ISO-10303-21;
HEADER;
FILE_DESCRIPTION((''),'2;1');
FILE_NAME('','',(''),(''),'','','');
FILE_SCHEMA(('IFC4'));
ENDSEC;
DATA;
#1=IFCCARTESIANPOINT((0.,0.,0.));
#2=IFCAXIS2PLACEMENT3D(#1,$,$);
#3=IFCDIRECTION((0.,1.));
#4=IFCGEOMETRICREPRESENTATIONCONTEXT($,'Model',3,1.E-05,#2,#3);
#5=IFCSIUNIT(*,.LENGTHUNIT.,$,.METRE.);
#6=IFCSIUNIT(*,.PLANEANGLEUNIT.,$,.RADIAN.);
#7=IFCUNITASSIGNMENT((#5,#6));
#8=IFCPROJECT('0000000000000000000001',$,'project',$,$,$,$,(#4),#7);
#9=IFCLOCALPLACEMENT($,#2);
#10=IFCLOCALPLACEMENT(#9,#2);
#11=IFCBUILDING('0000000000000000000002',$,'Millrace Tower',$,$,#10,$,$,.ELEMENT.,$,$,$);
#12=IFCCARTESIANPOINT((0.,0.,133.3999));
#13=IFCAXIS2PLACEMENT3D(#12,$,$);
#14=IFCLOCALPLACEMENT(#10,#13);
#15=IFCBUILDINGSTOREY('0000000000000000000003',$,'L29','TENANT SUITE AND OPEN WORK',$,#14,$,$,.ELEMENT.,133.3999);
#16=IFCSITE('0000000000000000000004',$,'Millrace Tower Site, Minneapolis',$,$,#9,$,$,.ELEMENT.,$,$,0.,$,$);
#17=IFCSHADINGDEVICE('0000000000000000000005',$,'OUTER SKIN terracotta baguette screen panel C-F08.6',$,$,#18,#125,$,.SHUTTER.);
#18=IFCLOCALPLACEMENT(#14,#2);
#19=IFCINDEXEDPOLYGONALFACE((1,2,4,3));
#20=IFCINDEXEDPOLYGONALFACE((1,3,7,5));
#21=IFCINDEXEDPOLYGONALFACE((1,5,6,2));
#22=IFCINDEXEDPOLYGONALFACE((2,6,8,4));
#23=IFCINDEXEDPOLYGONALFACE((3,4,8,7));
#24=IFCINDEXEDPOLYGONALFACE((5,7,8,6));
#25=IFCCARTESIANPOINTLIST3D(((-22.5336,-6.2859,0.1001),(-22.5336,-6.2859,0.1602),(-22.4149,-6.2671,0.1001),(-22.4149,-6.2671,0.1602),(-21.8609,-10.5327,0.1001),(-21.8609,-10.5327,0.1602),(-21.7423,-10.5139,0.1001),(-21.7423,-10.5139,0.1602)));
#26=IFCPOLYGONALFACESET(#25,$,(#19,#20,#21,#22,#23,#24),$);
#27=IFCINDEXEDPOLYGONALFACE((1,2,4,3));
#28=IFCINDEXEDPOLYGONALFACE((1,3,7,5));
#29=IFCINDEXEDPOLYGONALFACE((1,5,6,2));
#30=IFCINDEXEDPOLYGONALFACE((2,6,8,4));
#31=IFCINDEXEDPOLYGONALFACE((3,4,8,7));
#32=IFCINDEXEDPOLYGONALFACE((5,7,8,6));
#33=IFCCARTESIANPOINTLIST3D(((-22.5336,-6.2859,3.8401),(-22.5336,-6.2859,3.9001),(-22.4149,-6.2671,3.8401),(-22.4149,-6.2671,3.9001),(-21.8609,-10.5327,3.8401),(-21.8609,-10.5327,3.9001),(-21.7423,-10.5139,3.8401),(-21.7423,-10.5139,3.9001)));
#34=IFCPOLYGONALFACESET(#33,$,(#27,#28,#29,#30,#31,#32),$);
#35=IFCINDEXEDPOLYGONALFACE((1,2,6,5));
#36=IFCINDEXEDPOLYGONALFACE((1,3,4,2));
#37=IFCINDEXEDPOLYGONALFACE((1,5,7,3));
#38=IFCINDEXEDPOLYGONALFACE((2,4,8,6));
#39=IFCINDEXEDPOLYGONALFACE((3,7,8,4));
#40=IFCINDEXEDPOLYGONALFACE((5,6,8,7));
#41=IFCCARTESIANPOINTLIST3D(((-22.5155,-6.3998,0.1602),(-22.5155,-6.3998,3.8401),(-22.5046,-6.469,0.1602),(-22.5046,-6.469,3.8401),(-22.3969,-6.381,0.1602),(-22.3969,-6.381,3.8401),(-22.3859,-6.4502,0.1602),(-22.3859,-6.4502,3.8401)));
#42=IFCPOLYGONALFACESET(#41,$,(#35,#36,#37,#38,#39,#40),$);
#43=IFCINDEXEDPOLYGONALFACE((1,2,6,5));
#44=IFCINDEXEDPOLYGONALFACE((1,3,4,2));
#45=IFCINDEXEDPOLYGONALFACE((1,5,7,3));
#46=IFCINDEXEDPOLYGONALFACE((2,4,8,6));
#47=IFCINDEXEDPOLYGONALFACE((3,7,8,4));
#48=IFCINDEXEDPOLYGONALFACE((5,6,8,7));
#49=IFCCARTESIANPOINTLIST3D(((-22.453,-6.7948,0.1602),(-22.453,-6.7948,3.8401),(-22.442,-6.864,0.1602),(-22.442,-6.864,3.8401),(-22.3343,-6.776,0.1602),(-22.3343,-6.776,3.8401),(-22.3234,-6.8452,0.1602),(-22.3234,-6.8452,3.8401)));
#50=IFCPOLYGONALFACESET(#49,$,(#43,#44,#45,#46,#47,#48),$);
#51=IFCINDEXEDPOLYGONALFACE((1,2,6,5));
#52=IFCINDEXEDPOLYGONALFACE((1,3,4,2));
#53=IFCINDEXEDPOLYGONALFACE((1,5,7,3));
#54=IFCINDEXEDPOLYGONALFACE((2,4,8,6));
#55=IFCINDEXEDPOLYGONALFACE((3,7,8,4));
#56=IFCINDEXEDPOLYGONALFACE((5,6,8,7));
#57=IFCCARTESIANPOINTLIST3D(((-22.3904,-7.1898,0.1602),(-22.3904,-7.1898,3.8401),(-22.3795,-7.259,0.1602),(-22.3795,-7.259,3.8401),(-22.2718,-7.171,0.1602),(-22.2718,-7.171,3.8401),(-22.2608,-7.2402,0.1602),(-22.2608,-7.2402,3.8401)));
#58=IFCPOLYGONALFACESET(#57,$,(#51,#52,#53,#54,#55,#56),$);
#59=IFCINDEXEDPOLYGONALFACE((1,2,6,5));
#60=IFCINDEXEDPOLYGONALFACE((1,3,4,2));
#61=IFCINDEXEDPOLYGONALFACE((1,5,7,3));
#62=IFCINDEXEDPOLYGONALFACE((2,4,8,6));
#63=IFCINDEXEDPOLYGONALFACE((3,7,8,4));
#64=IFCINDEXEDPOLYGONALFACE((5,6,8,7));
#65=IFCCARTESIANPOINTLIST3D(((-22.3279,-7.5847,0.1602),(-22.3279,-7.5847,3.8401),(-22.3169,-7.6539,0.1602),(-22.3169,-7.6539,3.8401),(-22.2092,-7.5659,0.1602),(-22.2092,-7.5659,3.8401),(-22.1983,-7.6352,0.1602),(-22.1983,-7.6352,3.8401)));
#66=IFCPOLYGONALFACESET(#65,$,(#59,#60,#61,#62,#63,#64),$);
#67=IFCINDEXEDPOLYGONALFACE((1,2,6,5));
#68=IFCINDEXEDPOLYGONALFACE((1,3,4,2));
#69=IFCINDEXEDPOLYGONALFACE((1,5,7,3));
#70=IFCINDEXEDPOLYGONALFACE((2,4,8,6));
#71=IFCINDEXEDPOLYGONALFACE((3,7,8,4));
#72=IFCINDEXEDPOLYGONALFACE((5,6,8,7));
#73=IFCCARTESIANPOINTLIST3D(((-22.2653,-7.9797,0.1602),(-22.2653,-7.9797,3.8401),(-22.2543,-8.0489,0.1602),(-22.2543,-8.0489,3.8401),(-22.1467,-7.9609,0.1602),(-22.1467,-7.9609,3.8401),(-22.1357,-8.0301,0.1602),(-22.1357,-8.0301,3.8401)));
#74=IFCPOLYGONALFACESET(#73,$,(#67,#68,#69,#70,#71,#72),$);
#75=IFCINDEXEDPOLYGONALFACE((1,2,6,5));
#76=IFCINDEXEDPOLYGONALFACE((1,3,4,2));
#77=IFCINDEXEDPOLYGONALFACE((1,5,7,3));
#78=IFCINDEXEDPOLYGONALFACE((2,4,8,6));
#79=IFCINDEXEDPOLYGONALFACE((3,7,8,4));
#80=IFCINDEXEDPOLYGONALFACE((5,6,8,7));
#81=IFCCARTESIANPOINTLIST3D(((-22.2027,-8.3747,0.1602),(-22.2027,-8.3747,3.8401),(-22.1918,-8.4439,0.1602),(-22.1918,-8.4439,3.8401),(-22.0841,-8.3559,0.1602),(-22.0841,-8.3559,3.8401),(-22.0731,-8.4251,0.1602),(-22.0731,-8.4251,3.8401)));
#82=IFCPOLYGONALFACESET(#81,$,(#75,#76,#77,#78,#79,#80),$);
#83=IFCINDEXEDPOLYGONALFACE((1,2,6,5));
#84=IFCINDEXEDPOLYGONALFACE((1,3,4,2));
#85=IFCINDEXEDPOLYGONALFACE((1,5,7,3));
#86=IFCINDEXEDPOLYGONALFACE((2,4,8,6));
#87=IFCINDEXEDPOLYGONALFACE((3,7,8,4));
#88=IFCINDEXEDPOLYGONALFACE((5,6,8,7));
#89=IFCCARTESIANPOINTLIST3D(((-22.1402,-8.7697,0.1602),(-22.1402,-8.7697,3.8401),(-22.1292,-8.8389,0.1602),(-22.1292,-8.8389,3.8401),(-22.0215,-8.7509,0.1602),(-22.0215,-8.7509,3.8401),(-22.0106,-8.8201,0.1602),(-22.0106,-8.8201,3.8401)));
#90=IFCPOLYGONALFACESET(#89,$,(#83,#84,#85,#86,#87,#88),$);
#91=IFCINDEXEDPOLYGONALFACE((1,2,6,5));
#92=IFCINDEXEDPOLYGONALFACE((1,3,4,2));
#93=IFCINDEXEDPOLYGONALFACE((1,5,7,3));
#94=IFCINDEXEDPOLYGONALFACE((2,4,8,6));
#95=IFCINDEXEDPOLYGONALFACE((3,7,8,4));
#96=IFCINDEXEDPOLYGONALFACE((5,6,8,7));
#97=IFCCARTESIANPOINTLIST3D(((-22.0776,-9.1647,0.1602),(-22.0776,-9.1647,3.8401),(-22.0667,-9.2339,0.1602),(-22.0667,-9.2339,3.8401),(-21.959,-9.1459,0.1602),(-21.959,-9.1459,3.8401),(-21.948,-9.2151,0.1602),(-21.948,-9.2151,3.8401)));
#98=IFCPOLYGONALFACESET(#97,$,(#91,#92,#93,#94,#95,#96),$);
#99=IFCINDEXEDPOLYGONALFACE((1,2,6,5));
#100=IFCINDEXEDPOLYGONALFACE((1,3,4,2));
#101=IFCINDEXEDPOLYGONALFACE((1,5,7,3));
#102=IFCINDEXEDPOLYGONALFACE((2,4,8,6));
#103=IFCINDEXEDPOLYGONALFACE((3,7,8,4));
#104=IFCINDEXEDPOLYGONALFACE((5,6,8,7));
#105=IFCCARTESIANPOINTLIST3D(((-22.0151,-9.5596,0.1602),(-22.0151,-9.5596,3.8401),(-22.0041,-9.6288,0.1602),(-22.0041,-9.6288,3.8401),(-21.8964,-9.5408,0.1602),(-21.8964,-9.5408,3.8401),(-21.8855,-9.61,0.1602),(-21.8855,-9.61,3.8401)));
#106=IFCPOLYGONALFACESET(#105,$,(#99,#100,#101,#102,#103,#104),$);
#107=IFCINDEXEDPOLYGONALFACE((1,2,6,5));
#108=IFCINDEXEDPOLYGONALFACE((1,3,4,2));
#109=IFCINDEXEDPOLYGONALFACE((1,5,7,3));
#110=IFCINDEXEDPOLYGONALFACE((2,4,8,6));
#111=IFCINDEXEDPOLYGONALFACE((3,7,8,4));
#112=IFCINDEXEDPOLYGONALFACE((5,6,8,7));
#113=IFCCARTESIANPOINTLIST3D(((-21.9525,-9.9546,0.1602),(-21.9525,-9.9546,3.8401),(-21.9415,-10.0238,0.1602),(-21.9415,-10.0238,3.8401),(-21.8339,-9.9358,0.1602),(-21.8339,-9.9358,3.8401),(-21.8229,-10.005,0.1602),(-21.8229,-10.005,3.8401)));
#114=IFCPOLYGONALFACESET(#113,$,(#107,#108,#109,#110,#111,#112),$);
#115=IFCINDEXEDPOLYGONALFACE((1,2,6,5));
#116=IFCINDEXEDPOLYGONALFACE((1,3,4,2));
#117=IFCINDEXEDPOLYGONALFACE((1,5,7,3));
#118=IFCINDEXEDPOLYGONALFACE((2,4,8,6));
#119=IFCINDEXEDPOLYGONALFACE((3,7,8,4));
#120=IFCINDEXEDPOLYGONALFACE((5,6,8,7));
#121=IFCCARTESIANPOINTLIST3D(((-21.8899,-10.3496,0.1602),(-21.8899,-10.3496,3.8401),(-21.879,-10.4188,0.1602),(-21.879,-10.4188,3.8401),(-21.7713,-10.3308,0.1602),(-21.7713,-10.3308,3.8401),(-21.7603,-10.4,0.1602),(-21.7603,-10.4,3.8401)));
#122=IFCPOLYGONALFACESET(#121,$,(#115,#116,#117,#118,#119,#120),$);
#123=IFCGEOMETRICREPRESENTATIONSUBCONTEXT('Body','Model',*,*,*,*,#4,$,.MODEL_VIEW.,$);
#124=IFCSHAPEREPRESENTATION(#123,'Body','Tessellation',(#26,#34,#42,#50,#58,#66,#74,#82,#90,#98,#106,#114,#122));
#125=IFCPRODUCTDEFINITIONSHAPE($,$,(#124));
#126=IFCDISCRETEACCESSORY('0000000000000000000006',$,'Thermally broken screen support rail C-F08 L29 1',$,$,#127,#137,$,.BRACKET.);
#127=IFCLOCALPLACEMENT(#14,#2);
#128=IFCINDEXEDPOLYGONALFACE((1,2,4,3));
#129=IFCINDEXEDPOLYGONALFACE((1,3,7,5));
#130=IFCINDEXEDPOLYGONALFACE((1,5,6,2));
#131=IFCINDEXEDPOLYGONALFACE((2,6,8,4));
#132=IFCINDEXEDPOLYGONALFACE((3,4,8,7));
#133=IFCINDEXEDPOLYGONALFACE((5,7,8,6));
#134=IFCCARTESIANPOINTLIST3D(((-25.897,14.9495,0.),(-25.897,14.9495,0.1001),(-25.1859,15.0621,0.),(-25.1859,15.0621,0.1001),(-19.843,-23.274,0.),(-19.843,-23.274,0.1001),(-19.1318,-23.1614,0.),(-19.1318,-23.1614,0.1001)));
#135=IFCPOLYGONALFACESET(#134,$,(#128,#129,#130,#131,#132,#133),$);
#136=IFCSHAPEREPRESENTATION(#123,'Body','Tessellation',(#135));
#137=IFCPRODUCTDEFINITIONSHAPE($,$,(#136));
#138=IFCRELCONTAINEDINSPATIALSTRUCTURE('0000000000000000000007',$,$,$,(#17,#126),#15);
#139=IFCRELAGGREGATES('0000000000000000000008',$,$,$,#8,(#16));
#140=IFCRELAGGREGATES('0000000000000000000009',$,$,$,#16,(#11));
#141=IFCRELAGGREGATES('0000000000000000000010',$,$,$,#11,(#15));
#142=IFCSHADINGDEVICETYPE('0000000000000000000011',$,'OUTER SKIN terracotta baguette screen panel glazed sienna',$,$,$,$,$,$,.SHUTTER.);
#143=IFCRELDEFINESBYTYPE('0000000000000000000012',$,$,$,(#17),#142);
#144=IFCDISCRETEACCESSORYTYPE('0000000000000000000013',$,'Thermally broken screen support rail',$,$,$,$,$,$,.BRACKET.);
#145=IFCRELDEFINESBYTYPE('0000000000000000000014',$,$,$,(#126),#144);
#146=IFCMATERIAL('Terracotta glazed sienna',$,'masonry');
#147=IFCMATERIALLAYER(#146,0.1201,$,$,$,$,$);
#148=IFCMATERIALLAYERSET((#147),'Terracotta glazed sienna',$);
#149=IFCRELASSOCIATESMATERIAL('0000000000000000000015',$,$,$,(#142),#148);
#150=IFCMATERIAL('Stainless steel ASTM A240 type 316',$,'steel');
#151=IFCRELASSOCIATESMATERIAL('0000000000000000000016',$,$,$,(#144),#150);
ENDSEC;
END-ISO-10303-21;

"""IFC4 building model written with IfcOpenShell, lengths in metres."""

from ifc_helpers import new_model, entity, si_unit, direction, frame, frame_2d, origin, origin_2d, place, context, subcontext, project, spatial, rectangle, extrude, source, transform, mapped, material, layer, layer_set, type_object, element, save


model = new_model("IFC4")

# Units and contexts
model_context = context("Model", 3, precision=1e-05, world=origin(), true_north=direction((0.0, 1.0)))
body_context = subcontext(model_context, "Body", "Model", "MODEL_VIEW")
ifc_project = project(units=[si_unit("LENGTHUNIT", "METRE"), si_unit("PLANEANGLEUNIT", "RADIAN")], contexts=[model_context])

# Site, building, storey
site_placement = place(None, origin())
site = spatial("IfcSite", under=ifc_project, at=site_placement, Name="Millrace Tower Site, Minneapolis", CompositionType="ELEMENT", RefElevation=0.0)
building_placement = place(site_placement, origin())
building = spatial("IfcBuilding", under=site, at=building_placement, Name="Millrace Tower", CompositionType="ELEMENT")
storey_placement = place(building_placement, frame((0.0, 0.0, 133.3999)))
storey = spatial("IfcBuildingStorey", under=building, at=storey_placement, Name="L29", Description="TENANT SUITE AND OPEN WORK", CompositionType="ELEMENT", Elevation=133.3999)

# Shading device
ifc_material_1 = material(Name="Terracotta glazed sienna", Category="masonry")
ifc_layer_1 = layer(ifc_material_1, 0.1201)
ifc_layer_set_1 = layer_set([ifc_layer_1], Name="Terracotta glazed sienna")
shading_device_type = type_object("IfcShadingDeviceType", Name="OUTER SKIN terracotta baguette screen panel glazed sienna", PredefinedType="SHUTTER", material=ifc_layer_set_1)
cartesian_point = entity("IfcCartesianPoint", [-2.1499, 0.0601])
shared_polyline = entity("IfcPolyline", [cartesian_point, entity("IfcCartesianPoint", [2.1499, 0.0601]), entity("IfcCartesianPoint", [2.1499, -0.0601]), entity("IfcCartesianPoint", [-2.1499, -0.0601]), cartesian_point])
shared_shape = source(origin(), body_context, "Body", "SweptSolid", [
    entity("IfcExtrudedAreaSolid", entity("IfcArbitraryClosedProfileDef", "AREA", None, shared_polyline), entity("IfcAxis2Placement3D", entity("IfcCartesianPoint", [0.0, 0.0, 0.0])), entity("IfcDirection", [0.0, 0.0, 1.0]), 0.0601),
    entity("IfcExtrudedAreaSolid", entity("IfcArbitraryClosedProfileDef", "AREA", None, shared_polyline), entity("IfcAxis2Placement3D", entity("IfcCartesianPoint", [0.0, 0.0, 3.74])), entity("IfcDirection", [0.0, 0.0, 1.0]), 0.0601),
    extrude(rectangle(XDim=0.0701, YDim=0.1201, at=frame_2d((-1.9995, 0.0))), frame((0.0, 0.0, 0.0601)), (0.0, 0.0, 1.0), 3.6799),
    extrude(rectangle(XDim=0.0701, YDim=0.1201, at=frame_2d((-1.5996, 0.0))), frame((0.0, 0.0, 0.0601)), (0.0, 0.0, 1.0), 3.6799),
    extrude(rectangle(XDim=0.0701, YDim=0.1201, at=frame_2d((-1.1997, 0.0))), frame((0.0, 0.0, 0.0601)), (0.0, 0.0, 1.0), 3.6799),
    extrude(rectangle(XDim=0.0701, YDim=0.1201, at=frame_2d((-0.7998, 0.0))), frame((0.0, 0.0, 0.0601)), (0.0, 0.0, 1.0), 3.6799),
    extrude(rectangle(XDim=0.0701, YDim=0.1201, at=frame_2d((-0.3999, 0.0))), frame((0.0, 0.0, 0.0601)), (0.0, 0.0, 1.0), 3.6799),
    extrude(rectangle(XDim=0.0701, YDim=0.1201, at=origin_2d()), frame((0.0, 0.0, 0.0601)), (0.0, 0.0, 1.0), 3.6799),
    extrude(rectangle(XDim=0.0701, YDim=0.1201, at=frame_2d((0.3999, 0.0))), frame((0.0, 0.0, 0.0601)), (0.0, 0.0, 1.0), 3.6799),
    extrude(rectangle(XDim=0.0701, YDim=0.1201, at=frame_2d((0.7998, 0.0))), frame((0.0, 0.0, 0.0601)), (0.0, 0.0, 1.0), 3.6799),
    extrude(rectangle(XDim=0.0701, YDim=0.1201, at=frame_2d((1.1997, 0.0))), frame((0.0, 0.0, 0.0601)), (0.0, 0.0, 1.0), 3.6799),
    extrude(rectangle(XDim=0.0701, YDim=0.1201, at=frame_2d((1.5996, 0.0))), frame((0.0, 0.0, 0.0601)), (0.0, 0.0, 1.0), 3.6799),
    extrude(rectangle(XDim=0.0701, YDim=0.1201, at=frame_2d((1.9995, 0.0))), frame((0.0, 0.0, 0.0601)), (0.0, 0.0, 1.0), 3.6799),
])
for number, where, z_axis, x_axis, name in (
    (1, (-22.1379, -8.3999, 0.1001), (0.0, 0.0, 1.0), (0.156434, -0.987688, 0.0), "OUTER SKIN terracotta baguette screen panel C-F08.6"),
):
    element("IfcShadingDevice", number, at=place(storey_placement, frame(where, z_axis=z_axis, x_axis=x_axis)), inside=storey, type_object=shading_device_type, Name=name, PredefinedType="SHUTTER", context=body_context, shape_type="MappedRepresentation", body=[
        mapped(shared_shape, transform((0.0, 0.0, 0.0), scale=1.0)),
    ])

# Discrete accessory
ifc_material_2 = material(Name="Stainless steel ASTM A240 type 316", Category="steel")
discrete_accessory_type = type_object("IfcDiscreteAccessoryType", Name="Thermally broken screen support rail", PredefinedType="BRACKET", material=ifc_material_2)
discrete_accessory_placement = place(storey_placement, frame((-22.5144, -4.106, 0.0), z_axis=(0.0, 0.0, 1.0), x_axis=(0.156434, -0.987688, 0.0)))
element("IfcDiscreteAccessory", 2, at=discrete_accessory_placement, inside=storey, type_object=discrete_accessory_type, Name="Thermally broken screen support rail C-F08 L29 1", PredefinedType="BRACKET", context=body_context, shape_type="SweptSolid", body=[
    extrude(rectangle(XDim=38.7, YDim=0.72, at=origin_2d()), origin(), (0.0, 0.0, 1.0), 0.1001),
])

save(model, "model.ifc")
